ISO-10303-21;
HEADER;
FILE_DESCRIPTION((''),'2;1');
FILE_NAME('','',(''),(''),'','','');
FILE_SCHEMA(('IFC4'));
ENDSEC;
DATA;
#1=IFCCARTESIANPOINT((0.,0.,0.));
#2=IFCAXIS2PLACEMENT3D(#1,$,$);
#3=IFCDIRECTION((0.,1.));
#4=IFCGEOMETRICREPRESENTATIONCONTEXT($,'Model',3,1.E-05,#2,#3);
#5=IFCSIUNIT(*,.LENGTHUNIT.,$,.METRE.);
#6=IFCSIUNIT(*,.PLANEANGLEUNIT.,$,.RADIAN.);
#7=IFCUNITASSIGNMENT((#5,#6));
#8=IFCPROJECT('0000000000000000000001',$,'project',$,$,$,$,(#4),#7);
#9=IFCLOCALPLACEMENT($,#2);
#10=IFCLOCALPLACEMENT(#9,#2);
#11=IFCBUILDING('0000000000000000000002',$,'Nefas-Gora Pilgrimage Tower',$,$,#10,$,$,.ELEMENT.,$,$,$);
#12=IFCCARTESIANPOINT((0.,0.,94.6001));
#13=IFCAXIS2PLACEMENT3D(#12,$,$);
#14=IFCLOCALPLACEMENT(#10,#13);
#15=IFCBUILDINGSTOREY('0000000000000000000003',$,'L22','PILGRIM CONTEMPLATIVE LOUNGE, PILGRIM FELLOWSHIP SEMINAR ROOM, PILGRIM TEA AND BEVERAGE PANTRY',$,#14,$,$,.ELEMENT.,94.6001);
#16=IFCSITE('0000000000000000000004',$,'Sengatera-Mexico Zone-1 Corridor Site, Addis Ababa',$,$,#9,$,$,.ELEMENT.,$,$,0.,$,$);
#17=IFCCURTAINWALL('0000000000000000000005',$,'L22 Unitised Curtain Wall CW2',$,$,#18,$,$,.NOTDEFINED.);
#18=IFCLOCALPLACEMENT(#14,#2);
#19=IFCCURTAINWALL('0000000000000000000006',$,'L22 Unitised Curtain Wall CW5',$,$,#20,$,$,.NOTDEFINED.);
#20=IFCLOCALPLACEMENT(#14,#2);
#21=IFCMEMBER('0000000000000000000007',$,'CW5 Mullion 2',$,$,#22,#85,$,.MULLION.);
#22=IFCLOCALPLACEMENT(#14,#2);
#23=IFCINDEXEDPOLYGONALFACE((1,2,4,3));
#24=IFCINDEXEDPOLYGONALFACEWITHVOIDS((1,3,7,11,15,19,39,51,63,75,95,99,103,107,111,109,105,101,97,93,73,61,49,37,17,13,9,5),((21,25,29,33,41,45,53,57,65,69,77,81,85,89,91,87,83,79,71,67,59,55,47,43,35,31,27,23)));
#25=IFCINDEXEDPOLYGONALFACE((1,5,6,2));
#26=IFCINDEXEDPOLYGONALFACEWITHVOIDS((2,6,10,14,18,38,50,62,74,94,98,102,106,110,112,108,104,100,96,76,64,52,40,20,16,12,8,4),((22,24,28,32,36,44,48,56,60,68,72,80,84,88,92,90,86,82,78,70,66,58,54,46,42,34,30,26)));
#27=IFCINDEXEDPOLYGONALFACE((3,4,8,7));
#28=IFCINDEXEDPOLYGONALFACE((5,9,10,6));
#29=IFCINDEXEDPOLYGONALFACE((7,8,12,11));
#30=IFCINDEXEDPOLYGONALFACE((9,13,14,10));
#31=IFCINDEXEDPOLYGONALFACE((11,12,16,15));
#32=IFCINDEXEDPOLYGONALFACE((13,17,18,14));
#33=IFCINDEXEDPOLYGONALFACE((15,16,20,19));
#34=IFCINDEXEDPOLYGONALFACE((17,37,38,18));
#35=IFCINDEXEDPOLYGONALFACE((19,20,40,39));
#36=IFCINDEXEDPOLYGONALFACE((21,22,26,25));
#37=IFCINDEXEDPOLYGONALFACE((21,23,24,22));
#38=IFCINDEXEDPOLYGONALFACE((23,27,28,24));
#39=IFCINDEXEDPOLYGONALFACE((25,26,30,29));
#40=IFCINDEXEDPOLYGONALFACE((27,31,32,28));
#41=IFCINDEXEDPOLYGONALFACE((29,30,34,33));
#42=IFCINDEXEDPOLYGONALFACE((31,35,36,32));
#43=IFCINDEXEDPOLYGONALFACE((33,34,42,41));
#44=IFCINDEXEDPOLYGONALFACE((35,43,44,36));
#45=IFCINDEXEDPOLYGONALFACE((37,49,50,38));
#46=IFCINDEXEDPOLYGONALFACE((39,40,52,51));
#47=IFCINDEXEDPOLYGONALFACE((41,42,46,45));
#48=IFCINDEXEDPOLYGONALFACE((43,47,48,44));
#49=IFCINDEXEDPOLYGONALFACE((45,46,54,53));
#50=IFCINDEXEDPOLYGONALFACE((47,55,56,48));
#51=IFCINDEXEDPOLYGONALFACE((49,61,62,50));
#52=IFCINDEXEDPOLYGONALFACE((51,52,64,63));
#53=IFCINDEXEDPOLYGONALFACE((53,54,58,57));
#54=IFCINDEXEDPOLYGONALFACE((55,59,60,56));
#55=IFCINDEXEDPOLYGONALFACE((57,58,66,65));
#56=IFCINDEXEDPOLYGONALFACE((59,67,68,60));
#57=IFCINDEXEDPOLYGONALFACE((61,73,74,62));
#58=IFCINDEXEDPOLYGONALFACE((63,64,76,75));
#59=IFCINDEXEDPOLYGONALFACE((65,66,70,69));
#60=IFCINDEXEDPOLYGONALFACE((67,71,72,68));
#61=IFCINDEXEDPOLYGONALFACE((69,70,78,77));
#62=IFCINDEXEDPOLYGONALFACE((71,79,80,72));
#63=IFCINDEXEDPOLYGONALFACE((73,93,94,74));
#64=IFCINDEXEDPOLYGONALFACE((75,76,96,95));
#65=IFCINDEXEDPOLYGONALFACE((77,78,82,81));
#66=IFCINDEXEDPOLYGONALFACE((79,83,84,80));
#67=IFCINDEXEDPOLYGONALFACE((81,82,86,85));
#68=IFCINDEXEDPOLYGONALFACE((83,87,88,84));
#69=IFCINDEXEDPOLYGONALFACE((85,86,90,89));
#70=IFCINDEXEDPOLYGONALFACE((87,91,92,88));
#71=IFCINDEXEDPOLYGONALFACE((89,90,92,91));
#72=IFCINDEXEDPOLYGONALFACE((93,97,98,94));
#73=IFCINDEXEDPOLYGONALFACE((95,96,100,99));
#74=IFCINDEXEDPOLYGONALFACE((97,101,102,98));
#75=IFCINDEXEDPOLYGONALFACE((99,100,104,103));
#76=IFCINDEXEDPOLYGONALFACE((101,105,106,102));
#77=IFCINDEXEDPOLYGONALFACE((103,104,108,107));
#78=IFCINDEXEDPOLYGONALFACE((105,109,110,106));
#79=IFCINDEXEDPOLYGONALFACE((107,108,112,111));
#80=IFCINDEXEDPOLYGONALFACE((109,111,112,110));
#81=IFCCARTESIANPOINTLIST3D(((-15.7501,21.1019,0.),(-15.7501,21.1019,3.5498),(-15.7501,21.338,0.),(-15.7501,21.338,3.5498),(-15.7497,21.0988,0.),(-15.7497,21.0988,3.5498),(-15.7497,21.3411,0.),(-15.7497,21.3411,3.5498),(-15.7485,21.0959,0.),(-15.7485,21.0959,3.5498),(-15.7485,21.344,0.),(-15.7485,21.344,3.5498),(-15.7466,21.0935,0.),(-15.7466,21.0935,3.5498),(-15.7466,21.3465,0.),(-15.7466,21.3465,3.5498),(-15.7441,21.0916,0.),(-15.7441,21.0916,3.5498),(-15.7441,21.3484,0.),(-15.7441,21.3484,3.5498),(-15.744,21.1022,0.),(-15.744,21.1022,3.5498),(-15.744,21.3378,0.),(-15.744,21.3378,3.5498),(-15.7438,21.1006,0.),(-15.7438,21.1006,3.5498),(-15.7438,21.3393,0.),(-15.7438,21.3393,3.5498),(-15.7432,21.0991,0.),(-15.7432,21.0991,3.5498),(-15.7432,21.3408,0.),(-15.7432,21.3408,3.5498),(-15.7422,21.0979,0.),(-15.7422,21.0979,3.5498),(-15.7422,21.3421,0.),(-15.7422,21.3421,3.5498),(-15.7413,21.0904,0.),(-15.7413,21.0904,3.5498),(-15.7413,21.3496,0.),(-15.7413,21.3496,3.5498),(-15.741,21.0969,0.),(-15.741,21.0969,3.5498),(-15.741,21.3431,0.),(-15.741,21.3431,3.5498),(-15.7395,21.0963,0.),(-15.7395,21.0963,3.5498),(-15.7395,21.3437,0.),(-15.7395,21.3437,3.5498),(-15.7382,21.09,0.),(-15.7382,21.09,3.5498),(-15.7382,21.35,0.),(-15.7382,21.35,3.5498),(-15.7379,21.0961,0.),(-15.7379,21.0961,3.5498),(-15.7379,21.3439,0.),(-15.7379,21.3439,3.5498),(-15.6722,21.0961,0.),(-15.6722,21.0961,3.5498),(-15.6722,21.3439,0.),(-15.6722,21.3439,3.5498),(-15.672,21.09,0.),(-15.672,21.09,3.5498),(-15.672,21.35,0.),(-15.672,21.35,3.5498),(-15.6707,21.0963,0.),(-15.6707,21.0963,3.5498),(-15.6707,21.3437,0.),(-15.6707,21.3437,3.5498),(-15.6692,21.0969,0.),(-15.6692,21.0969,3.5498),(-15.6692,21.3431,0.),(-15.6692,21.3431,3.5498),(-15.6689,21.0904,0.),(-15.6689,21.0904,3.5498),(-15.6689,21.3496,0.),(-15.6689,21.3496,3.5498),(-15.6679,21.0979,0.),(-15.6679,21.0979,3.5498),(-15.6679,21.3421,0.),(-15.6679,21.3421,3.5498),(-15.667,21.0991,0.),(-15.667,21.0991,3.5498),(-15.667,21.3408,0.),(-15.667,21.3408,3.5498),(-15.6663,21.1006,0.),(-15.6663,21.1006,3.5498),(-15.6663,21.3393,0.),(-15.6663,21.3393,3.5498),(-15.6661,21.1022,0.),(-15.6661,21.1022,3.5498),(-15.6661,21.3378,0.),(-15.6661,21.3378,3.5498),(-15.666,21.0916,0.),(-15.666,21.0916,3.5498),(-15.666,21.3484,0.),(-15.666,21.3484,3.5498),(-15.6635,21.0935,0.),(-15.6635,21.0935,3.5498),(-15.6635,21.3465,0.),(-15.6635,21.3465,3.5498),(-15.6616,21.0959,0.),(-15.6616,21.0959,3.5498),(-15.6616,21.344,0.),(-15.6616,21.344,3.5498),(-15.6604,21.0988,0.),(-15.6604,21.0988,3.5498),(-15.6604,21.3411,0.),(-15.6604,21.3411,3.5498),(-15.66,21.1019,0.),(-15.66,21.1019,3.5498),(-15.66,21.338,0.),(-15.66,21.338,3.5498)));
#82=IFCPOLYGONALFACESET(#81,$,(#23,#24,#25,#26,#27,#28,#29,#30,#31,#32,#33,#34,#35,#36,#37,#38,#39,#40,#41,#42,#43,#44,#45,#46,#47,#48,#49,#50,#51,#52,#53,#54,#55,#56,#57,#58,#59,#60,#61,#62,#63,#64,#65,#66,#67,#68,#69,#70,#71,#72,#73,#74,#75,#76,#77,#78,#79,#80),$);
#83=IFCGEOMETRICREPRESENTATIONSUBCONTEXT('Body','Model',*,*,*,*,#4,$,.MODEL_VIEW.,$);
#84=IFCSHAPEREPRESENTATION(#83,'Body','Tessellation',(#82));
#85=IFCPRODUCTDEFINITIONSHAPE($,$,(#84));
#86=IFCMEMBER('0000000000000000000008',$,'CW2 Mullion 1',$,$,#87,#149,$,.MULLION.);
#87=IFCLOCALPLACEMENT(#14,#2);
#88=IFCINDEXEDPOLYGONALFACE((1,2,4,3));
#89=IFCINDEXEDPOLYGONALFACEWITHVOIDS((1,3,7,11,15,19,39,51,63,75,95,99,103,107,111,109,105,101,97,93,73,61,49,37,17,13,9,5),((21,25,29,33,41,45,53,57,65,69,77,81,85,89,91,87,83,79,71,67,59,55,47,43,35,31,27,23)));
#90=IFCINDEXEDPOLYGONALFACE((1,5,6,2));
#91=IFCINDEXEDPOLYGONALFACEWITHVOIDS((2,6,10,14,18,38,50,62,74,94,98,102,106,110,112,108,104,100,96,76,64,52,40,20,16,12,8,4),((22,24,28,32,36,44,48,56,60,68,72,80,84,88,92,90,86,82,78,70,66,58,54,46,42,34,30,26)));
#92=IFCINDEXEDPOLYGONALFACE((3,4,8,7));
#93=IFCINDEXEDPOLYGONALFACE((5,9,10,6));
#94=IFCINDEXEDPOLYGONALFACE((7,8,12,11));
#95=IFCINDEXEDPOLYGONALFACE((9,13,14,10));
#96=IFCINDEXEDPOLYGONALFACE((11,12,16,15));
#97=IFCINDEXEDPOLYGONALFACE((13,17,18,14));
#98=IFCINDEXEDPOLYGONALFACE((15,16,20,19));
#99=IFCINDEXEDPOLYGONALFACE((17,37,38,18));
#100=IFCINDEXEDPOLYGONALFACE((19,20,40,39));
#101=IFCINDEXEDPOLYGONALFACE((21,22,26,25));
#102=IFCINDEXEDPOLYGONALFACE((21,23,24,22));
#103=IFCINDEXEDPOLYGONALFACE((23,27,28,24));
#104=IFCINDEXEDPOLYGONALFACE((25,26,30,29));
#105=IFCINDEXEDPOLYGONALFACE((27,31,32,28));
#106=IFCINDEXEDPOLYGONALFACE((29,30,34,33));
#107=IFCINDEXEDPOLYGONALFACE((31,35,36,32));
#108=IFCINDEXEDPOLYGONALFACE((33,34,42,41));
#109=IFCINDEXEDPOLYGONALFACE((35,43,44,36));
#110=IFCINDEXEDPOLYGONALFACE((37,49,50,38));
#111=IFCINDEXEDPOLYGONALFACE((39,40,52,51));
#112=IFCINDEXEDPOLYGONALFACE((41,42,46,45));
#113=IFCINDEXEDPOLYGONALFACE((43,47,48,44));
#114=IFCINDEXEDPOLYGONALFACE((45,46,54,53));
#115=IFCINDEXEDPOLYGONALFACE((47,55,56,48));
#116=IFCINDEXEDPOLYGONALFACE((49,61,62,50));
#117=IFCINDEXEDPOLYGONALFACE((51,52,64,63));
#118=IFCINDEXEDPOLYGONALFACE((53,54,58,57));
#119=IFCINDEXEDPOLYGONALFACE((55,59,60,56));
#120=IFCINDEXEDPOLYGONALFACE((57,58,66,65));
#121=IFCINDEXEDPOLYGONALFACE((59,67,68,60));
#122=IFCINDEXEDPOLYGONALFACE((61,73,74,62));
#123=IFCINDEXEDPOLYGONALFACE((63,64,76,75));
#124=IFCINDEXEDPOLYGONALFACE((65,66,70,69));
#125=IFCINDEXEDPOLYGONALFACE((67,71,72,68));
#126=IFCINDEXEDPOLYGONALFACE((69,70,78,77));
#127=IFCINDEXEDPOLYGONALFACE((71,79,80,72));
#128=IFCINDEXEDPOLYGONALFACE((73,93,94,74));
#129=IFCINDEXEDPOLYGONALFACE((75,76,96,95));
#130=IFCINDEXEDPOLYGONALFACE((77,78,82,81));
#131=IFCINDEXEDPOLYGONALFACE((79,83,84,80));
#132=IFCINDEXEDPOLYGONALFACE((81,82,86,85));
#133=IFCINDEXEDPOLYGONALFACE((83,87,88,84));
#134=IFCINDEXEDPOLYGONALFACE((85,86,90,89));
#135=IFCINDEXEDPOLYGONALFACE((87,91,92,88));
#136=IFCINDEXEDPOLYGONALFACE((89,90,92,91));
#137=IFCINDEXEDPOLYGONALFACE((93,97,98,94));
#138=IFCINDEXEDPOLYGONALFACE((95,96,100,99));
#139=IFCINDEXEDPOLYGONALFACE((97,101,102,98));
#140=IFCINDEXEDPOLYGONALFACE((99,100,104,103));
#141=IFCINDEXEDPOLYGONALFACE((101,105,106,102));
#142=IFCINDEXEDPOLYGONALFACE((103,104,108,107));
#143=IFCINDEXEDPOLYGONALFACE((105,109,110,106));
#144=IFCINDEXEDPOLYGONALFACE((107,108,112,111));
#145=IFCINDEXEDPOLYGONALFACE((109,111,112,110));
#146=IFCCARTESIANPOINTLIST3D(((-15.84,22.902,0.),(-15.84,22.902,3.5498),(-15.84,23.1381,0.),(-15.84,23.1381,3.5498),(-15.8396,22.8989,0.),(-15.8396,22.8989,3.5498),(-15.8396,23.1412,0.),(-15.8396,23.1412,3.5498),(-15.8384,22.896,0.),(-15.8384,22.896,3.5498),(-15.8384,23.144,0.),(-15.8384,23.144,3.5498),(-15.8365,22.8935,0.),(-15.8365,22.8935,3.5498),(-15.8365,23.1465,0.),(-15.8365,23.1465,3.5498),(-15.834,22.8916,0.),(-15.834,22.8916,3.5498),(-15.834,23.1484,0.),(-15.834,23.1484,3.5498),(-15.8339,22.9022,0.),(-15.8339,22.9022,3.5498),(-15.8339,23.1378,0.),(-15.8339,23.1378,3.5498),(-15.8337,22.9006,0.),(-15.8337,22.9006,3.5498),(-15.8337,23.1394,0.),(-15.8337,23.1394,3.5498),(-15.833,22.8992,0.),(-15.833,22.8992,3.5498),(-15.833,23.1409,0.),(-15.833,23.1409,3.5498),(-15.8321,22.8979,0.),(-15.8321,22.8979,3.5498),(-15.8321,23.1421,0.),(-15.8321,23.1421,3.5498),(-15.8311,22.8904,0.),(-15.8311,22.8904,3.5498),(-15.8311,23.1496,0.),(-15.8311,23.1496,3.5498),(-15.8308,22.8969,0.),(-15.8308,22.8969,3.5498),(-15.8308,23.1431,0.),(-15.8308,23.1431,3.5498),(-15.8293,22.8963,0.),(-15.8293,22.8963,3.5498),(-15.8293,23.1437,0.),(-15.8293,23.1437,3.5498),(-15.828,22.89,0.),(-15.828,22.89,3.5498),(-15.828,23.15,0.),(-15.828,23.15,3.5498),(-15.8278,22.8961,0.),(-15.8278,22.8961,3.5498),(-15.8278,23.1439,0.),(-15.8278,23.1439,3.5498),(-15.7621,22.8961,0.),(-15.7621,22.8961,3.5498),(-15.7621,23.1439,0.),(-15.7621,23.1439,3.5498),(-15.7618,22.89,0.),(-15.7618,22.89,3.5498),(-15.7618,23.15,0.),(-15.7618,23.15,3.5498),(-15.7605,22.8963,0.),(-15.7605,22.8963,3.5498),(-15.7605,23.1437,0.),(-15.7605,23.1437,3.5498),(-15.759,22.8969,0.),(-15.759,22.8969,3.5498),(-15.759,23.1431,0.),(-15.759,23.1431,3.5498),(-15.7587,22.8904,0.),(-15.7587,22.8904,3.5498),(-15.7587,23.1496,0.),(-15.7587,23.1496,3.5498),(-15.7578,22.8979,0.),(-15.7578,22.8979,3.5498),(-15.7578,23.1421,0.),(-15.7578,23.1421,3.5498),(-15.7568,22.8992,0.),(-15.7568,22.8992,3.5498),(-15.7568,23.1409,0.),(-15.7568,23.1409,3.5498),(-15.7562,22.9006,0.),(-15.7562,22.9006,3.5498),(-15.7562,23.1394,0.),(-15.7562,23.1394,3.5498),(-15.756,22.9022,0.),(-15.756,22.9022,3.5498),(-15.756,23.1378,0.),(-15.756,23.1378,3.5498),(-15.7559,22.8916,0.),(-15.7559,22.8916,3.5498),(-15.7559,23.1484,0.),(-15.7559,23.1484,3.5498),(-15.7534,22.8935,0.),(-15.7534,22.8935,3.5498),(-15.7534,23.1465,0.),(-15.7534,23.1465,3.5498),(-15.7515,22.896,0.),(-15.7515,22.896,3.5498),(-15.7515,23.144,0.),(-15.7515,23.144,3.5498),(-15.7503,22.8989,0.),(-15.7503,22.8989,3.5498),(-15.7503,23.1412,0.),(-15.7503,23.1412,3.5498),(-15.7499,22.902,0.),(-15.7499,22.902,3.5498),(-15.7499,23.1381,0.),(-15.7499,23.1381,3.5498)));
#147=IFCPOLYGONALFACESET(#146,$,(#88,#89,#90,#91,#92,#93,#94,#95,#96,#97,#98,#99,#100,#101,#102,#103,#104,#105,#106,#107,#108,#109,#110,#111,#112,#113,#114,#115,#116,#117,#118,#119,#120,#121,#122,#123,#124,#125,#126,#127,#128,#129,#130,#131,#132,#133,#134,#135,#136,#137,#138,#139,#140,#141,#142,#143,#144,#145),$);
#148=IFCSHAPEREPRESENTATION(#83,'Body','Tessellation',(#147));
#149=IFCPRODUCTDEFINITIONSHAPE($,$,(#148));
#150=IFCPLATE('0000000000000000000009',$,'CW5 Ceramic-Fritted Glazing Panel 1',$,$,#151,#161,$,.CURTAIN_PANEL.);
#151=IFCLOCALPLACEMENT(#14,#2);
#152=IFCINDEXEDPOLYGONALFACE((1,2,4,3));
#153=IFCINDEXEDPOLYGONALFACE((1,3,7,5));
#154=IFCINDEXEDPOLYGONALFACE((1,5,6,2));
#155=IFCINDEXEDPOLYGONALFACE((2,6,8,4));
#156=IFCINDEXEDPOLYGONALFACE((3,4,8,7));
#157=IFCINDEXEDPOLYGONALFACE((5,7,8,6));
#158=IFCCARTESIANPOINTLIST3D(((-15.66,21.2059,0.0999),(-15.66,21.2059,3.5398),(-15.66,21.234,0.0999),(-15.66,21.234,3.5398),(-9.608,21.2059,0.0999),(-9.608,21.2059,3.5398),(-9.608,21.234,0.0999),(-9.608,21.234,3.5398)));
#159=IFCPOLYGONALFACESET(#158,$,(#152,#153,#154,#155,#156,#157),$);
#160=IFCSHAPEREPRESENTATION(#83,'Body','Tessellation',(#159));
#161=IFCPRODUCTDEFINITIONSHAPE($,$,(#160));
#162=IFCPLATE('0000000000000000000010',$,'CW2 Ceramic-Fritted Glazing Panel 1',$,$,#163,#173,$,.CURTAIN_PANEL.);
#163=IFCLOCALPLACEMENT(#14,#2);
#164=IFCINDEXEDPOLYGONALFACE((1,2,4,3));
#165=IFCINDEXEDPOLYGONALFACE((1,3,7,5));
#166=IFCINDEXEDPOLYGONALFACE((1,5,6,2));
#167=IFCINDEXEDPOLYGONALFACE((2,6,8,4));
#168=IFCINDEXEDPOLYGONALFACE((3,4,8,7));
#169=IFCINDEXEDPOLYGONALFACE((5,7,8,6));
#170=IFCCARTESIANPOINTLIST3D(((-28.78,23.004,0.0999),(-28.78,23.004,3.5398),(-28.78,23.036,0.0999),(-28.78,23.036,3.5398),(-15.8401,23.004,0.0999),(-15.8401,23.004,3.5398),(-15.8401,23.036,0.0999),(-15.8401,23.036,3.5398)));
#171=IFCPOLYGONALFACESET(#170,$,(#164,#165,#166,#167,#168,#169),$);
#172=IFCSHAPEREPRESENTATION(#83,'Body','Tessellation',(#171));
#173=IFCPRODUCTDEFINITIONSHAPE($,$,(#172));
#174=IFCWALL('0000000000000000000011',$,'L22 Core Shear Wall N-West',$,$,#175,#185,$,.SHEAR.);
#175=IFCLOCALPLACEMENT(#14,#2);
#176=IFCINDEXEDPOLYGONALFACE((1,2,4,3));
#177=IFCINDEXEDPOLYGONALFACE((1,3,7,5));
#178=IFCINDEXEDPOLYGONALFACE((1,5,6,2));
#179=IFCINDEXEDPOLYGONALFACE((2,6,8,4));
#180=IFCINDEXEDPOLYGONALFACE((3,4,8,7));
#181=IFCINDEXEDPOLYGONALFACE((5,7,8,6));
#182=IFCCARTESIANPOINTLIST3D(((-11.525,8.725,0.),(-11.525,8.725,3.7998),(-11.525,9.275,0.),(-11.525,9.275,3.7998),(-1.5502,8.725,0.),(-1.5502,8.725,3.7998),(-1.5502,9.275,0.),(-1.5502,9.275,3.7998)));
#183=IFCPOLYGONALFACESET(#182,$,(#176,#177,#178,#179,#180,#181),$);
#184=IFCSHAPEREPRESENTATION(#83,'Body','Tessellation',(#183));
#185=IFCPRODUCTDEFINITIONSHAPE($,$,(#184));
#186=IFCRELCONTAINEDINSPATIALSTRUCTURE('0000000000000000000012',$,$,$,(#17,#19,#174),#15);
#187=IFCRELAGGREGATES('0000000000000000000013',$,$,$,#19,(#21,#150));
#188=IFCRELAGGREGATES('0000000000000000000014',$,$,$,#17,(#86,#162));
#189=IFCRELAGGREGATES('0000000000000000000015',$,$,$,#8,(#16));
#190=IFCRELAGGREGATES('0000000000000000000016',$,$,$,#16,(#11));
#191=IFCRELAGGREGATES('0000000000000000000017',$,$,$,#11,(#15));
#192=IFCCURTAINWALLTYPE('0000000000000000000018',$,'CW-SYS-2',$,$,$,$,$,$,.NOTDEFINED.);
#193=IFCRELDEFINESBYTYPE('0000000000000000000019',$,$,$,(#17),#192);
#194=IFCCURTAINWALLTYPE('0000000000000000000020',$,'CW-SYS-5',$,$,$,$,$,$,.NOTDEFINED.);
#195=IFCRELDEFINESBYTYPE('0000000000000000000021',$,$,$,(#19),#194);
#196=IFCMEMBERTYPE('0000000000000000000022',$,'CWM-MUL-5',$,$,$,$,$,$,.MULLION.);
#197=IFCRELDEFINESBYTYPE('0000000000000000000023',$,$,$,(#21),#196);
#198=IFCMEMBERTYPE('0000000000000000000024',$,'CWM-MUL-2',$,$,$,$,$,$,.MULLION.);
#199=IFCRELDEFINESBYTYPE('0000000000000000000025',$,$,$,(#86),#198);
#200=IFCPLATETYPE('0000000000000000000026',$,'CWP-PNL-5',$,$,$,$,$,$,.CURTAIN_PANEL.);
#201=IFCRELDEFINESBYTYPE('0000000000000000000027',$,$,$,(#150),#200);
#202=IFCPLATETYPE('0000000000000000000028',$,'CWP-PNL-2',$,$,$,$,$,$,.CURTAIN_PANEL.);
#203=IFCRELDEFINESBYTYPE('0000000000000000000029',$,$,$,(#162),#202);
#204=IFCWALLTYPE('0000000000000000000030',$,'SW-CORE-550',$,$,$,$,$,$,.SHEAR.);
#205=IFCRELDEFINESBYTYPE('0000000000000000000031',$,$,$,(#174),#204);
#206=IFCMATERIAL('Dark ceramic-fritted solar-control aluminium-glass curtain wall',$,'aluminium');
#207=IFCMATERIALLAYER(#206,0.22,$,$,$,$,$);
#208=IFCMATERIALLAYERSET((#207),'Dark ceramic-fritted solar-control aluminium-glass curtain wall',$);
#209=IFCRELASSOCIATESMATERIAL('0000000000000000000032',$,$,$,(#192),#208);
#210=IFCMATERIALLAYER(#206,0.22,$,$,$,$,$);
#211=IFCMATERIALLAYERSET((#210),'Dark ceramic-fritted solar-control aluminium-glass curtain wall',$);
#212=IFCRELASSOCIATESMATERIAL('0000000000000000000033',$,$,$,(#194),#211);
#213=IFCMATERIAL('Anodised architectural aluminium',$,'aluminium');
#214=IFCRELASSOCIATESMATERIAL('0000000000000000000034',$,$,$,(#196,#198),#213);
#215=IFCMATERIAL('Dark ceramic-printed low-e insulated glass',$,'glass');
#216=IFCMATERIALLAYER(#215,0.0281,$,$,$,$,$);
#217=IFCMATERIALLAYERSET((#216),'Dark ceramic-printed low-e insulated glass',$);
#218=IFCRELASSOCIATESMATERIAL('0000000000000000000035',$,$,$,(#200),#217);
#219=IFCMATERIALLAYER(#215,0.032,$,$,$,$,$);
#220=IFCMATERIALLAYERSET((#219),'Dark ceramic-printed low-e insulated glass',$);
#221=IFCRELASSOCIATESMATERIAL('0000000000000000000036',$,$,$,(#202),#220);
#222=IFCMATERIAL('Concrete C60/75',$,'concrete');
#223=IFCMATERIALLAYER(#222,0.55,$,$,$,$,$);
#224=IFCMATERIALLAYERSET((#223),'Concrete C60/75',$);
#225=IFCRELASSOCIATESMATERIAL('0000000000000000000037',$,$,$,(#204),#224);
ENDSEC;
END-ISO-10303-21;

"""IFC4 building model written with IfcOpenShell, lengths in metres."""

from ifc_helpers import new_model, si_unit, direction, frame, frame_2d, origin, origin_2d, place, context, subcontext, project, spatial, rectangle, hollow_rectangle, extrude, source, transform, mapped, material, layer, layer_set, material_profile, profile_set, type_object, element, aggregate, save


model = new_model("IFC4")

# Units and contexts
model_context = context("Model", 3, precision=1e-05, world=origin(), true_north=direction((0.0, 1.0)))
body_context = subcontext(model_context, "Body", "Model", "MODEL_VIEW")
ifc_project = project(units=[si_unit("LENGTHUNIT", "METRE"), si_unit("PLANEANGLEUNIT", "RADIAN")], contexts=[model_context])

# Site, building, storey
site_placement = place(None, origin())
site = spatial("IfcSite", under=ifc_project, at=site_placement, Name="Sengatera-Mexico Zone-1 Corridor Site, Addis Ababa", CompositionType="ELEMENT", RefElevation=0.0)
building_placement = place(site_placement, origin())
building = spatial("IfcBuilding", under=site, at=building_placement, Name="Nefas-Gora Pilgrimage Tower", CompositionType="ELEMENT")
storey_placement = place(building_placement, frame((0.0, 0.0, 94.6001)))
storey = spatial("IfcBuildingStorey", under=building, at=storey_placement, Name="L22", Description="PILGRIM CONTEMPLATIVE LOUNGE, PILGRIM FELLOWSHIP SEMINAR ROOM, PILGRIM TEA AND BEVERAGE PANTRY", CompositionType="ELEMENT", Elevation=94.6001)

# Curtain walls, member
ifc_material_1 = material(Name="Dark ceramic-fritted solar-control aluminium-glass curtain wall", Category="aluminium")
ifc_layer_1 = layer(ifc_material_1, 0.22)
ifc_layer_set_1 = layer_set([ifc_layer_1], Name="Dark ceramic-fritted solar-control aluminium-glass curtain wall")
curtain_wall_type_1 = type_object("IfcCurtainWallType", Name="CW-SYS-2", PredefinedType="NOTDEFINED", material=ifc_layer_set_1)
curtain_wall_1_placement = place(storey_placement, origin())
curtain_wall_1 = element("IfcCurtainWall", 1, at=curtain_wall_1_placement, inside=storey, type_object=curtain_wall_type_1, Name="L22 Unitised Curtain Wall CW2", PredefinedType="NOTDEFINED")
ifc_material_2 = material(Name="Anodised architectural aluminium", Category="aluminium")
ifc_layer_2 = layer(ifc_material_1, 0.22)
ifc_layer_set_2 = layer_set([ifc_layer_2], Name="Dark ceramic-fritted solar-control aluminium-glass curtain wall")
curtain_wall_type_2 = type_object("IfcCurtainWallType", Name="CW-SYS-5", PredefinedType="NOTDEFINED", material=ifc_layer_set_2)
curtain_wall_2_placement = place(storey_placement, origin())
curtain_wall_2 = element("IfcCurtainWall", 2, at=curtain_wall_2_placement, inside=storey, type_object=curtain_wall_type_2, Name="L22 Unitised Curtain Wall CW5", PredefinedType="NOTDEFINED")
ifc_material_profile_1 = material_profile(ifc_material_2, hollow_rectangle(XDim=0.0901, YDim=0.26, WallThickness=0.0061, InnerFilletRadius=0.0061, OuterFilletRadius=0.012, at=origin_2d()), Name="ALU MULLION 90x260")
ifc_profile_set_1 = profile_set([ifc_material_profile_1], Name="Anodised architectural aluminium")
member_type_1 = type_object("IfcMemberType", Name="CWM-MUL-5", PredefinedType="MULLION", material=ifc_profile_set_1)
shared_shape_1 = source(origin(), body_context, "Body", "SweptSolid", [
    extrude(hollow_rectangle(XDim=0.0901, YDim=0.26, WallThickness=0.0061, InnerFilletRadius=0.0061, OuterFilletRadius=0.012, at=origin_2d()), origin(), (0.0, 0.0, 1.0), 3.5498),
])
member_1_placement = place(storey_placement, frame((-15.7051, 21.22, 0.0), z_axis=(0.0, 0.0, 1.0), x_axis=(-1.0, 0.0, 0.0)))
member_1 = element("IfcMember", 3, at=member_1_placement, type_object=member_type_1, Name="CW5 Mullion 2", PredefinedType="MULLION", context=body_context, shape_type="MappedRepresentation", body=[
    mapped(shared_shape_1, transform((0.0, 0.0, 0.0), x_axis=(1.0, 0.0, 0.0), y_axis=(0.0, 1.0, 0.0), z_axis=(0.0, 0.0, 1.0), scale=1.0)),
])

# Member
ifc_material_profile_2 = material_profile(ifc_material_2, hollow_rectangle(XDim=0.0901, YDim=0.26, WallThickness=0.0061, InnerFilletRadius=0.0061, OuterFilletRadius=0.012, at=origin_2d()), Name="ALU MULLION 90x260")
ifc_profile_set_2 = profile_set([ifc_material_profile_2], Name="Anodised architectural aluminium")
member_type_2 = type_object("IfcMemberType", Name="CWM-MUL-2", PredefinedType="MULLION", material=ifc_profile_set_2)
shared_shape_2 = source(origin(), body_context, "Body", "SweptSolid", [
    extrude(hollow_rectangle(XDim=0.0901, YDim=0.26, WallThickness=0.0061, InnerFilletRadius=0.0061, OuterFilletRadius=0.012, at=origin_2d()), origin(), (0.0, 0.0, 1.0), 3.5498),
])
member_2_placement = place(storey_placement, frame((-15.7949, 23.02, 0.0), z_axis=(0.0, 0.0, 1.0), x_axis=(-1.0, 0.0, 0.0)))
member_2 = element("IfcMember", 4, at=member_2_placement, type_object=member_type_2, Name="CW2 Mullion 1", PredefinedType="MULLION", context=body_context, shape_type="MappedRepresentation", body=[
    mapped(shared_shape_2, transform((0.0, 0.0, 0.0), x_axis=(1.0, 0.0, 0.0), y_axis=(0.0, 1.0, 0.0), z_axis=(0.0, 0.0, 1.0), scale=1.0)),
])

# Plates
ifc_material_3 = material(Name="Dark ceramic-printed low-e insulated glass", Category="glass")
ifc_layer_3 = layer(ifc_material_3, 0.0281)
ifc_layer_set_3 = layer_set([ifc_layer_3], Name="Dark ceramic-printed low-e insulated glass")
plate_type_1 = type_object("IfcPlateType", Name="CWP-PNL-5", PredefinedType="CURTAIN_PANEL", material=ifc_layer_set_3)
shared_shape_3 = source(origin(), body_context, "Body", "SweptSolid", [
    extrude(rectangle(XDim=6.052, YDim=0.0281, at=origin_2d()), origin(), (0.0, 0.0, 1.0), 3.4399),
])
plate_1_placement = place(storey_placement, frame((-12.634, 21.22, 0.0999), z_axis=(0.0, 0.0, 1.0), x_axis=(-1.0, 0.0, 0.0)))
plate_1 = element("IfcPlate", 5, at=plate_1_placement, type_object=plate_type_1, Name="CW5 Ceramic-Fritted Glazing Panel 1", PredefinedType="CURTAIN_PANEL", context=body_context, shape_type="MappedRepresentation", body=[
    mapped(shared_shape_3, transform((0.0, 0.0, 0.0), x_axis=(1.0, 0.0, 0.0), y_axis=(0.0, 1.0, 0.0), z_axis=(0.0, 0.0, 1.0), scale=1.0)),
])
aggregate(curtain_wall_2, [member_1, plate_1])
ifc_layer_4 = layer(ifc_material_3, 0.032)
ifc_layer_set_4 = layer_set([ifc_layer_4], Name="Dark ceramic-printed low-e insulated glass")
plate_type_2 = type_object("IfcPlateType", Name="CWP-PNL-2", PredefinedType="CURTAIN_PANEL", material=ifc_layer_set_4)
shared_shape_4 = source(origin(), body_context, "Body", "SweptSolid", [
    extrude(rectangle(XDim=12.9399, YDim=0.032, at=origin_2d()), origin(), (0.0, 0.0, 1.0), 3.4399),
])
plate_2_placement = place(storey_placement, frame((-22.3101, 23.02, 0.0999), z_axis=(0.0, 0.0, 1.0), x_axis=(-1.0, 0.0, 0.0)))
plate_2 = element("IfcPlate", 6, at=plate_2_placement, type_object=plate_type_2, Name="CW2 Ceramic-Fritted Glazing Panel 1", PredefinedType="CURTAIN_PANEL", context=body_context, shape_type="MappedRepresentation", body=[
    mapped(shared_shape_4, transform((0.0, 0.0, 0.0), x_axis=(1.0, 0.0, 0.0), y_axis=(0.0, 1.0, 0.0), z_axis=(0.0, 0.0, 1.0), scale=1.0)),
])
aggregate(curtain_wall_1, [member_2, plate_2])

# Wall
ifc_material_4 = material(Name="Concrete C60/75", Category="concrete")
ifc_layer_5 = layer(ifc_material_4, 0.55)
ifc_layer_set_5 = layer_set([ifc_layer_5], Name="Concrete C60/75")
wall_type_1 = type_object("IfcWallType", Name="SW-CORE-550", PredefinedType="SHEAR", material=ifc_layer_set_5)
shared_shape_5 = source(origin(), body_context, "Body", "SweptSolid", [
    extrude(rectangle(XDim=9.9749, YDim=0.55, at=frame_2d((4.9873, 0.0))), origin(), (0.0, 0.0, 1.0), 3.7998),
])
wall_1_placement = place(storey_placement, frame((-11.5249, 9.0, 0.0), z_axis=(0.0, 0.0, 1.0), x_axis=(1.0, 0.0, 0.0)))
element("IfcWall", 7, at=wall_1_placement, inside=storey, type_object=wall_type_1, Name="L22 Core Shear Wall N-West", PredefinedType="SHEAR", context=body_context, shape_type="MappedRepresentation", body=[
    mapped(shared_shape_5, transform((0.0, 0.0, 0.0), x_axis=(1.0, 0.0, 0.0), y_axis=(0.0, 1.0, 0.0), z_axis=(0.0, 0.0, 1.0), scale=1.0)),
])

save(model, "model.ifc")
